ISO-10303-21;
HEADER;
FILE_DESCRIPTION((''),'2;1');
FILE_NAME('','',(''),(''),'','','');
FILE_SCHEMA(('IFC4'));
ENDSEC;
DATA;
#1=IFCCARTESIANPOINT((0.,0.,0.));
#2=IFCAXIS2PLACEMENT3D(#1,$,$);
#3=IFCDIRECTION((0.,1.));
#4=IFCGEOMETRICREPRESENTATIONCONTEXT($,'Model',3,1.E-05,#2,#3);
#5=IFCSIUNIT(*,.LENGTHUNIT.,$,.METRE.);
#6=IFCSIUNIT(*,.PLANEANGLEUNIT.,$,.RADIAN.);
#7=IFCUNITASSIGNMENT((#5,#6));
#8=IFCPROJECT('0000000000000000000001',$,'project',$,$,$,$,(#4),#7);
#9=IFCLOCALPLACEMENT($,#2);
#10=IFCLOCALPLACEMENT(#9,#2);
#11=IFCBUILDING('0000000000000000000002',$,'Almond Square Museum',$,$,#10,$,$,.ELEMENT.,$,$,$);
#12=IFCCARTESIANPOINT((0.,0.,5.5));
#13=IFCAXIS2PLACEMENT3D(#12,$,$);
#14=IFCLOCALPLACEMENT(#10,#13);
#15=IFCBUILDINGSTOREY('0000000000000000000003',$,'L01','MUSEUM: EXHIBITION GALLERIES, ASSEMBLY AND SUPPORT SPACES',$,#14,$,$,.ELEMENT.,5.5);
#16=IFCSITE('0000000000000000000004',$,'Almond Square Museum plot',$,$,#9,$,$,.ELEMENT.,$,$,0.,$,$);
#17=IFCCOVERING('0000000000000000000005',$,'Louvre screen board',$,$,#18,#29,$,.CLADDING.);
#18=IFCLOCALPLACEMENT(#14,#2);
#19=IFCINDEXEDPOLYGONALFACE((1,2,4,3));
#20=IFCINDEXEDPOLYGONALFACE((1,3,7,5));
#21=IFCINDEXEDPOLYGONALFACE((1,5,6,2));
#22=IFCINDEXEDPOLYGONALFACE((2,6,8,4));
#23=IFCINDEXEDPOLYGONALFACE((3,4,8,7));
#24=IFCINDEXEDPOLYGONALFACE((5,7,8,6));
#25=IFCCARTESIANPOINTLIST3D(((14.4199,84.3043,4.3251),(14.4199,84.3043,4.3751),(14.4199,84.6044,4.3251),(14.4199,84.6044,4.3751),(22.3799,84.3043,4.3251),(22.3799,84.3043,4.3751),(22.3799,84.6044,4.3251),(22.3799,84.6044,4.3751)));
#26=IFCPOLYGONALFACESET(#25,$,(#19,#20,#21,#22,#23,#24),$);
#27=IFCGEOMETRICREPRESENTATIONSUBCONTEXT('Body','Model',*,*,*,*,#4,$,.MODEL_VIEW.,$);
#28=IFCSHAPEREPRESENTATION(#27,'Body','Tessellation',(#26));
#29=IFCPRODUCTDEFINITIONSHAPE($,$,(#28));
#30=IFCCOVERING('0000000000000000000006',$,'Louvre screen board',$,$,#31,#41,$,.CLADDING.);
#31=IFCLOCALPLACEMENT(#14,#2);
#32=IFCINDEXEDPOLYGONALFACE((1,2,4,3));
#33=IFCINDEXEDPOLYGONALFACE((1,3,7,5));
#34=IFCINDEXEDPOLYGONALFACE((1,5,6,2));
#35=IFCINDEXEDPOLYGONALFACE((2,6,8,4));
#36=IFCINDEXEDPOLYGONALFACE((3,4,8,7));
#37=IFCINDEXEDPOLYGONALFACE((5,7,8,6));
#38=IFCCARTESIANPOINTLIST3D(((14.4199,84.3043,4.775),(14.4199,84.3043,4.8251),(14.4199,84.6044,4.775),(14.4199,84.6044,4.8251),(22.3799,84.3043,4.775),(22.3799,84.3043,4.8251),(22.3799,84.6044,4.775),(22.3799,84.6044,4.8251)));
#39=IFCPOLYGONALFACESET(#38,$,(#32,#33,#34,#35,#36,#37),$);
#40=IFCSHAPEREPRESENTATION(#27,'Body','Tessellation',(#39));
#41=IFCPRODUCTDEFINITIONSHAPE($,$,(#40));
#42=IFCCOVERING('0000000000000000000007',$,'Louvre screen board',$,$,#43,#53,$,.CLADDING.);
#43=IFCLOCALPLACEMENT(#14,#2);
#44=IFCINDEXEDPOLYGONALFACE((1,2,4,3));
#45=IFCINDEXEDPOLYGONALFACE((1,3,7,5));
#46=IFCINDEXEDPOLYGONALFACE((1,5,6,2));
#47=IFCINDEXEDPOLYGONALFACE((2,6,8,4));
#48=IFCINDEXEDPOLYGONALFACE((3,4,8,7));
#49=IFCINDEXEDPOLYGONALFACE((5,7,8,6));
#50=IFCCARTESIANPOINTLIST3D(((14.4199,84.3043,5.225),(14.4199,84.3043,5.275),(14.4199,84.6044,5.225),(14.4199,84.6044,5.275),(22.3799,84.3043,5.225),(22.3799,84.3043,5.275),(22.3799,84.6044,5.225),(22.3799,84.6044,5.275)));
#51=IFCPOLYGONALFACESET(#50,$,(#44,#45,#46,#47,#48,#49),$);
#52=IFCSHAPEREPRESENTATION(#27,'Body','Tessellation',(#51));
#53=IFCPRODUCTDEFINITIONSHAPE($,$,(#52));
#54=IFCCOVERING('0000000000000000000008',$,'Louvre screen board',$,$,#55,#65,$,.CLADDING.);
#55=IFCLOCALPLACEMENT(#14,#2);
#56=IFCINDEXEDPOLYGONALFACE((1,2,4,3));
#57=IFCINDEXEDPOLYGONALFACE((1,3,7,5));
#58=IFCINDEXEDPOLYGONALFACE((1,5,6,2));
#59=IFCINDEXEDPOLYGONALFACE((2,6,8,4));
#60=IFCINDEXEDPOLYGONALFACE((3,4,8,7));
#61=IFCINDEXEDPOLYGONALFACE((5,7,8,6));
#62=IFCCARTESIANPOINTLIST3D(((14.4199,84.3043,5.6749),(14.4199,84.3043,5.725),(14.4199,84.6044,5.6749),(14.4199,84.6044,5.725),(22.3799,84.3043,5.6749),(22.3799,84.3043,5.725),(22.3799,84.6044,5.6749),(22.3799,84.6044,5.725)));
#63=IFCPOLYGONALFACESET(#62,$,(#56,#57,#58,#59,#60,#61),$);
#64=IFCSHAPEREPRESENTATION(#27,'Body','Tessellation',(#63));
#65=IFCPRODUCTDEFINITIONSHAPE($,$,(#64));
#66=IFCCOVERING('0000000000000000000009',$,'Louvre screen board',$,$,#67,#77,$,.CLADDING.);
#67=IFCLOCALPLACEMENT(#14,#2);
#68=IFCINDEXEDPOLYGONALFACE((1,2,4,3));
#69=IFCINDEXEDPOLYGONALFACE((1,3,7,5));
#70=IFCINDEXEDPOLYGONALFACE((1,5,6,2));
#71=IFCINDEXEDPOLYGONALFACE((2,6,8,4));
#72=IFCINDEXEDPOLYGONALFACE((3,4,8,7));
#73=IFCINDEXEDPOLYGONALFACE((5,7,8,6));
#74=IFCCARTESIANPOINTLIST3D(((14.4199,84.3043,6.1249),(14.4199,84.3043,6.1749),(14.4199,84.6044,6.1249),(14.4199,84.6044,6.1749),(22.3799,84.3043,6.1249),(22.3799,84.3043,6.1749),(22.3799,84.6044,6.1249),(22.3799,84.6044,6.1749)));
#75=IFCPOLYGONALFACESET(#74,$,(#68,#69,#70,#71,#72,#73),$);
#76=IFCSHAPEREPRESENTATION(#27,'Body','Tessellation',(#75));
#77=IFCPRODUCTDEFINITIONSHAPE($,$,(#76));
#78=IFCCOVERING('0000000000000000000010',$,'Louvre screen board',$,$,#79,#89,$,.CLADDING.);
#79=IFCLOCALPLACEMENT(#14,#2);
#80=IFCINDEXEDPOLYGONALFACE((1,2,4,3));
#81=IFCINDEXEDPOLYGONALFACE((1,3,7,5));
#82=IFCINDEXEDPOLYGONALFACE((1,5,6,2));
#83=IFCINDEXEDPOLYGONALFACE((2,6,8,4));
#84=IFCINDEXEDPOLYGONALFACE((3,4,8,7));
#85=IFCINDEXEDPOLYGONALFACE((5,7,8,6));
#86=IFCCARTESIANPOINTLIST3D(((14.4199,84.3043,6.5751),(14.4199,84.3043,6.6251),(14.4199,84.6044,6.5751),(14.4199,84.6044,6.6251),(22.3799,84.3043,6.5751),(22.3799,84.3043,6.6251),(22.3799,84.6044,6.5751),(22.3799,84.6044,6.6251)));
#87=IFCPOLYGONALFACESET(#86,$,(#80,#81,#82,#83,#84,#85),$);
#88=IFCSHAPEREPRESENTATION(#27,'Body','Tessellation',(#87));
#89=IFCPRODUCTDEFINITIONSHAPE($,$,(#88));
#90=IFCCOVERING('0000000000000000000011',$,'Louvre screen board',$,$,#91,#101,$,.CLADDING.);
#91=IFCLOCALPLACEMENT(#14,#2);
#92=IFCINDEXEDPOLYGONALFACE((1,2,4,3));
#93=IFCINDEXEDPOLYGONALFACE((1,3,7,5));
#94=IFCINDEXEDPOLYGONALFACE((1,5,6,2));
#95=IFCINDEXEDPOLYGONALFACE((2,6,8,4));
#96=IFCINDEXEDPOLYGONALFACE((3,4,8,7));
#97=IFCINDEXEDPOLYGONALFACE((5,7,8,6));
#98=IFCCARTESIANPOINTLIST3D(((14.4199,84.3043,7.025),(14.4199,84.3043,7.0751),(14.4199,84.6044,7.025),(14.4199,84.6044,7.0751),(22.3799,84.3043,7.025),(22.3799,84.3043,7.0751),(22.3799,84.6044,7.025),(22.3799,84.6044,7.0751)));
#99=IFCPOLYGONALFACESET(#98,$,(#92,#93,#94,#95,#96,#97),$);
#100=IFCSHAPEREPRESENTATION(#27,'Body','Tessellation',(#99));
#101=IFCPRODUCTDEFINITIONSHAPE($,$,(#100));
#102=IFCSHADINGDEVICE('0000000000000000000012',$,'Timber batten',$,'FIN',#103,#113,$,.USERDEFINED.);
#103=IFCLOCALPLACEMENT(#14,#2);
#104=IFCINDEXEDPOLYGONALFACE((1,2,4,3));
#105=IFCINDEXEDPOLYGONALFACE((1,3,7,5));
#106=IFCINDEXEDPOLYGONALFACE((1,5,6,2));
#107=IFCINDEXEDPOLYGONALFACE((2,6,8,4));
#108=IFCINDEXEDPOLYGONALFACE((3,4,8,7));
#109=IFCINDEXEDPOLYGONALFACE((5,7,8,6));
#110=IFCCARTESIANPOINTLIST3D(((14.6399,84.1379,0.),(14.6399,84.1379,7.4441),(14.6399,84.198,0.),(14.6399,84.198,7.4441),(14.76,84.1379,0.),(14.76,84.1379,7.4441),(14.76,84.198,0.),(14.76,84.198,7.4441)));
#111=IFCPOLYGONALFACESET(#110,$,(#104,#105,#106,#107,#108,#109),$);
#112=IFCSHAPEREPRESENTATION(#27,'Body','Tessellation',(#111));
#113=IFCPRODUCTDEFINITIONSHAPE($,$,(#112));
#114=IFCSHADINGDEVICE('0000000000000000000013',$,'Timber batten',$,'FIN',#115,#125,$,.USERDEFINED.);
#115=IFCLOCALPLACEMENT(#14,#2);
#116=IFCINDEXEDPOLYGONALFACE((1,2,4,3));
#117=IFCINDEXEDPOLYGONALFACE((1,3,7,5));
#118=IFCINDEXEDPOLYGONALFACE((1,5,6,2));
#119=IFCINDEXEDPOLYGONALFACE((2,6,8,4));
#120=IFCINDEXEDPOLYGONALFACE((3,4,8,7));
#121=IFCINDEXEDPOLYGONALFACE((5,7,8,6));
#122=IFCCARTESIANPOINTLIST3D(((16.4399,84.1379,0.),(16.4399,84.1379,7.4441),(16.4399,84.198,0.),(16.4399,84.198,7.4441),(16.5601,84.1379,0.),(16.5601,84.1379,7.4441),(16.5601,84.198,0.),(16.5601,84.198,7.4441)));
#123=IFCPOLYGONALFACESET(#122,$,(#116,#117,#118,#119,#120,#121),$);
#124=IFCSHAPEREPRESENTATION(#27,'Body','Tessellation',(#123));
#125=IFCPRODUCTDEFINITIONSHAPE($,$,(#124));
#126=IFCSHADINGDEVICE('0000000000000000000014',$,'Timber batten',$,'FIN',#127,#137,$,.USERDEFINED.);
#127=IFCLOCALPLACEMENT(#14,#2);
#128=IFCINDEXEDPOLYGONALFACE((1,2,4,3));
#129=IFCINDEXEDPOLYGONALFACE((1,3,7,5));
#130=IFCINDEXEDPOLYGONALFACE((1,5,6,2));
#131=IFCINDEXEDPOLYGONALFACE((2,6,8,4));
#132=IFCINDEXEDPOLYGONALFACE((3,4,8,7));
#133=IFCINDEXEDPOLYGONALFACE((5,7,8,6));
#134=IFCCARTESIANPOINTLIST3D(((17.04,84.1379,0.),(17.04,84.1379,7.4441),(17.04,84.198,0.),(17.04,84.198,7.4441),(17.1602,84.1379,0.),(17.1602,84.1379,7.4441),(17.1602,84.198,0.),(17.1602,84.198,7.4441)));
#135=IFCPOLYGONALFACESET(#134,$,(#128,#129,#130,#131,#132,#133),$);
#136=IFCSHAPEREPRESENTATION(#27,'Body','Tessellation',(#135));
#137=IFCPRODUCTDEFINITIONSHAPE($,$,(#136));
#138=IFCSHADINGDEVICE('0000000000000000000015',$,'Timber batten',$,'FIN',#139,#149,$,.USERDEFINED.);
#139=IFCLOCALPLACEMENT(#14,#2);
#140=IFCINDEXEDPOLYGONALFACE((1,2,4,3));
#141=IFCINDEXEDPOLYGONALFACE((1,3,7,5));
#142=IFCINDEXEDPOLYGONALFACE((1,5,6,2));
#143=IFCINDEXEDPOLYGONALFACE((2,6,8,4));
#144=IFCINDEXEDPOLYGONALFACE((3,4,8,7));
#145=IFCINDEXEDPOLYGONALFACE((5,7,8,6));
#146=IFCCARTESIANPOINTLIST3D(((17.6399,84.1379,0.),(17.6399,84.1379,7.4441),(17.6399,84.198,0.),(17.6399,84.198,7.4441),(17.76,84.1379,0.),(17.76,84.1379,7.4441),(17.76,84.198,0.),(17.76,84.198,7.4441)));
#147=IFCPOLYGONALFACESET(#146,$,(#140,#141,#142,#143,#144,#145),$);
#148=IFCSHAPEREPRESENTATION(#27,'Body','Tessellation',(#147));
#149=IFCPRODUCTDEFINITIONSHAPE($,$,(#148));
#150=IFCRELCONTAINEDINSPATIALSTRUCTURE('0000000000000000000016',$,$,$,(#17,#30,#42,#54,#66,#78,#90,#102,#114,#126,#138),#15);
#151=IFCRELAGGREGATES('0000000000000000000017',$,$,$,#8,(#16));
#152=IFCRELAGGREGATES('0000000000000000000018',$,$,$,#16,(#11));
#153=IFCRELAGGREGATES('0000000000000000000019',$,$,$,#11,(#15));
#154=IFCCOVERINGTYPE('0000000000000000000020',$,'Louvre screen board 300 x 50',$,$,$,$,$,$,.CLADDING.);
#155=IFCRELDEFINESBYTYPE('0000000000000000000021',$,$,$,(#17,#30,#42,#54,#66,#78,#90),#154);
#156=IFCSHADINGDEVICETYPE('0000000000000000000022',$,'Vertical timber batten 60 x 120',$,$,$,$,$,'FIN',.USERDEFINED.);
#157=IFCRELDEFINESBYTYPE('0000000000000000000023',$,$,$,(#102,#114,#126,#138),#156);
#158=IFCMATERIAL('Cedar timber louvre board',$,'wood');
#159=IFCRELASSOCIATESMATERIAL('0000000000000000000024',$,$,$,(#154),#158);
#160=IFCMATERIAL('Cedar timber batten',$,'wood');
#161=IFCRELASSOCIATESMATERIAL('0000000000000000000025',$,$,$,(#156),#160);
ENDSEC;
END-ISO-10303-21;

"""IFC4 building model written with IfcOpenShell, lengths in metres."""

from ifc_helpers import new_model, si_unit, direction, frame, origin, origin_2d, place, context, subcontext, project, spatial, rectangle, extrude, material, material_profile, profile_set, type_object, element, save


model = new_model("IFC4")

# Units and contexts
model_context = context("Model", 3, precision=1e-05, world=origin(), true_north=direction((0.0, 1.0)))
body_context = subcontext(model_context, "Body", "Model", "MODEL_VIEW")
ifc_project = project(units=[si_unit("LENGTHUNIT", "METRE"), si_unit("PLANEANGLEUNIT", "RADIAN")], contexts=[model_context])

# Site, building, storey
site_placement = place(None, origin())
site = spatial("IfcSite", under=ifc_project, at=site_placement, Name="Almond Square Museum plot", CompositionType="ELEMENT", RefElevation=0.0)
building_placement = place(site_placement, origin())
building = spatial("IfcBuilding", under=site, at=building_placement, Name="Almond Square Museum", CompositionType="ELEMENT")
storey_placement = place(building_placement, frame((0.0, 0.0, 5.5)))
storey = spatial("IfcBuildingStorey", under=building, at=storey_placement, Name="L01", Description="MUSEUM: EXHIBITION GALLERIES, ASSEMBLY AND SUPPORT SPACES", CompositionType="ELEMENT", Elevation=5.5)

# Coverings
ifc_material_1 = material(Name="Cedar timber louvre board", Category="wood")
ifc_material_profile_1 = material_profile(ifc_material_1, rectangle(XDim=0.3, YDim=0.05, at=origin_2d()))
ifc_profile_set_1 = profile_set([ifc_material_profile_1], Name="Cedar timber louvre board")
covering_type = type_object("IfcCoveringType", Name="Louvre screen board 300 x 50", PredefinedType="CLADDING", material=ifc_profile_set_1)
for number, where, z_axis, x_axis, name in (
    (1, (14.4199, 84.4543, 4.3501), (1.0, 0.0, 0.0), (0.0, 1.0, 0.0), "Louvre screen board"),
    (2, (14.4199, 84.4543, 4.8), (1.0, 0.0, 0.0), (0.0, 1.0, 0.0), "Louvre screen board"),
    (3, (14.4199, 84.4543, 5.25), (1.0, 0.0, 0.0), (0.0, 1.0, 0.0), "Louvre screen board"),
    (4, (14.4199, 84.4543, 5.7), (1.0, 0.0, 0.0), (0.0, 1.0, 0.0), "Louvre screen board"),
    (5, (14.4199, 84.4543, 6.1499), (1.0, 0.0, 0.0), (0.0, 1.0, 0.0), "Louvre screen board"),
    (6, (14.4199, 84.4543, 6.6001), (1.0, 0.0, 0.0), (0.0, 1.0, 0.0), "Louvre screen board"),
    (7, (14.4199, 84.4543, 7.05), (1.0, 0.0, 0.0), (0.0, 1.0, 0.0), "Louvre screen board"),
):
    element("IfcCovering", number, at=place(storey_placement, frame(where, z_axis=z_axis, x_axis=x_axis)), inside=storey, type_object=covering_type, Name=name, PredefinedType="CLADDING", context=body_context, shape_type="SweptSolid", body=[
        extrude(rectangle(XDim=0.3, YDim=0.05, at=origin_2d()), origin(), (0.0, 0.0, 1.0), 7.96),
    ])

# Shading devices
ifc_material_2 = material(Name="Cedar timber batten", Category="wood")
ifc_material_profile_2 = material_profile(ifc_material_2, rectangle(XDim=0.0601, YDim=0.1201, at=origin_2d()))
ifc_profile_set_2 = profile_set([ifc_material_profile_2], Name="Cedar timber batten")
shading_device_type_1 = type_object("IfcShadingDeviceType", Name="Vertical timber batten 60 x 120", ElementType="FIN", PredefinedType="USERDEFINED", material=ifc_profile_set_2)
for number, where, z_axis, x_axis, name in (
    (8, (14.7, 84.168, 0.0), (0.0, 0.0, 1.0), (0.0, 1.0, 0.0), "Timber batten"),
    (9, (16.5, 84.168, 0.0), (0.0, 0.0, 1.0), (0.0, 1.0, 0.0), "Timber batten"),
    (10, (17.1001, 84.168, 0.0), (0.0, 0.0, 1.0), (0.0, 1.0, 0.0), "Timber batten"),
    (11, (17.7, 84.168, 0.0), (0.0, 0.0, 1.0), (0.0, 1.0, 0.0), "Timber batten"),
):
    element("IfcShadingDevice", number, at=place(storey_placement, frame(where, z_axis=z_axis, x_axis=x_axis)), inside=storey, type_object=shading_device_type_1, Name=name, ObjectType="FIN", PredefinedType="USERDEFINED", context=body_context, shape_type="SweptSolid", body=[
        extrude(rectangle(XDim=0.0601, YDim=0.1201, at=origin_2d()), origin(), (0.0, 0.0, 1.0), 7.4441),
    ])

save(model, "model.ifc")
